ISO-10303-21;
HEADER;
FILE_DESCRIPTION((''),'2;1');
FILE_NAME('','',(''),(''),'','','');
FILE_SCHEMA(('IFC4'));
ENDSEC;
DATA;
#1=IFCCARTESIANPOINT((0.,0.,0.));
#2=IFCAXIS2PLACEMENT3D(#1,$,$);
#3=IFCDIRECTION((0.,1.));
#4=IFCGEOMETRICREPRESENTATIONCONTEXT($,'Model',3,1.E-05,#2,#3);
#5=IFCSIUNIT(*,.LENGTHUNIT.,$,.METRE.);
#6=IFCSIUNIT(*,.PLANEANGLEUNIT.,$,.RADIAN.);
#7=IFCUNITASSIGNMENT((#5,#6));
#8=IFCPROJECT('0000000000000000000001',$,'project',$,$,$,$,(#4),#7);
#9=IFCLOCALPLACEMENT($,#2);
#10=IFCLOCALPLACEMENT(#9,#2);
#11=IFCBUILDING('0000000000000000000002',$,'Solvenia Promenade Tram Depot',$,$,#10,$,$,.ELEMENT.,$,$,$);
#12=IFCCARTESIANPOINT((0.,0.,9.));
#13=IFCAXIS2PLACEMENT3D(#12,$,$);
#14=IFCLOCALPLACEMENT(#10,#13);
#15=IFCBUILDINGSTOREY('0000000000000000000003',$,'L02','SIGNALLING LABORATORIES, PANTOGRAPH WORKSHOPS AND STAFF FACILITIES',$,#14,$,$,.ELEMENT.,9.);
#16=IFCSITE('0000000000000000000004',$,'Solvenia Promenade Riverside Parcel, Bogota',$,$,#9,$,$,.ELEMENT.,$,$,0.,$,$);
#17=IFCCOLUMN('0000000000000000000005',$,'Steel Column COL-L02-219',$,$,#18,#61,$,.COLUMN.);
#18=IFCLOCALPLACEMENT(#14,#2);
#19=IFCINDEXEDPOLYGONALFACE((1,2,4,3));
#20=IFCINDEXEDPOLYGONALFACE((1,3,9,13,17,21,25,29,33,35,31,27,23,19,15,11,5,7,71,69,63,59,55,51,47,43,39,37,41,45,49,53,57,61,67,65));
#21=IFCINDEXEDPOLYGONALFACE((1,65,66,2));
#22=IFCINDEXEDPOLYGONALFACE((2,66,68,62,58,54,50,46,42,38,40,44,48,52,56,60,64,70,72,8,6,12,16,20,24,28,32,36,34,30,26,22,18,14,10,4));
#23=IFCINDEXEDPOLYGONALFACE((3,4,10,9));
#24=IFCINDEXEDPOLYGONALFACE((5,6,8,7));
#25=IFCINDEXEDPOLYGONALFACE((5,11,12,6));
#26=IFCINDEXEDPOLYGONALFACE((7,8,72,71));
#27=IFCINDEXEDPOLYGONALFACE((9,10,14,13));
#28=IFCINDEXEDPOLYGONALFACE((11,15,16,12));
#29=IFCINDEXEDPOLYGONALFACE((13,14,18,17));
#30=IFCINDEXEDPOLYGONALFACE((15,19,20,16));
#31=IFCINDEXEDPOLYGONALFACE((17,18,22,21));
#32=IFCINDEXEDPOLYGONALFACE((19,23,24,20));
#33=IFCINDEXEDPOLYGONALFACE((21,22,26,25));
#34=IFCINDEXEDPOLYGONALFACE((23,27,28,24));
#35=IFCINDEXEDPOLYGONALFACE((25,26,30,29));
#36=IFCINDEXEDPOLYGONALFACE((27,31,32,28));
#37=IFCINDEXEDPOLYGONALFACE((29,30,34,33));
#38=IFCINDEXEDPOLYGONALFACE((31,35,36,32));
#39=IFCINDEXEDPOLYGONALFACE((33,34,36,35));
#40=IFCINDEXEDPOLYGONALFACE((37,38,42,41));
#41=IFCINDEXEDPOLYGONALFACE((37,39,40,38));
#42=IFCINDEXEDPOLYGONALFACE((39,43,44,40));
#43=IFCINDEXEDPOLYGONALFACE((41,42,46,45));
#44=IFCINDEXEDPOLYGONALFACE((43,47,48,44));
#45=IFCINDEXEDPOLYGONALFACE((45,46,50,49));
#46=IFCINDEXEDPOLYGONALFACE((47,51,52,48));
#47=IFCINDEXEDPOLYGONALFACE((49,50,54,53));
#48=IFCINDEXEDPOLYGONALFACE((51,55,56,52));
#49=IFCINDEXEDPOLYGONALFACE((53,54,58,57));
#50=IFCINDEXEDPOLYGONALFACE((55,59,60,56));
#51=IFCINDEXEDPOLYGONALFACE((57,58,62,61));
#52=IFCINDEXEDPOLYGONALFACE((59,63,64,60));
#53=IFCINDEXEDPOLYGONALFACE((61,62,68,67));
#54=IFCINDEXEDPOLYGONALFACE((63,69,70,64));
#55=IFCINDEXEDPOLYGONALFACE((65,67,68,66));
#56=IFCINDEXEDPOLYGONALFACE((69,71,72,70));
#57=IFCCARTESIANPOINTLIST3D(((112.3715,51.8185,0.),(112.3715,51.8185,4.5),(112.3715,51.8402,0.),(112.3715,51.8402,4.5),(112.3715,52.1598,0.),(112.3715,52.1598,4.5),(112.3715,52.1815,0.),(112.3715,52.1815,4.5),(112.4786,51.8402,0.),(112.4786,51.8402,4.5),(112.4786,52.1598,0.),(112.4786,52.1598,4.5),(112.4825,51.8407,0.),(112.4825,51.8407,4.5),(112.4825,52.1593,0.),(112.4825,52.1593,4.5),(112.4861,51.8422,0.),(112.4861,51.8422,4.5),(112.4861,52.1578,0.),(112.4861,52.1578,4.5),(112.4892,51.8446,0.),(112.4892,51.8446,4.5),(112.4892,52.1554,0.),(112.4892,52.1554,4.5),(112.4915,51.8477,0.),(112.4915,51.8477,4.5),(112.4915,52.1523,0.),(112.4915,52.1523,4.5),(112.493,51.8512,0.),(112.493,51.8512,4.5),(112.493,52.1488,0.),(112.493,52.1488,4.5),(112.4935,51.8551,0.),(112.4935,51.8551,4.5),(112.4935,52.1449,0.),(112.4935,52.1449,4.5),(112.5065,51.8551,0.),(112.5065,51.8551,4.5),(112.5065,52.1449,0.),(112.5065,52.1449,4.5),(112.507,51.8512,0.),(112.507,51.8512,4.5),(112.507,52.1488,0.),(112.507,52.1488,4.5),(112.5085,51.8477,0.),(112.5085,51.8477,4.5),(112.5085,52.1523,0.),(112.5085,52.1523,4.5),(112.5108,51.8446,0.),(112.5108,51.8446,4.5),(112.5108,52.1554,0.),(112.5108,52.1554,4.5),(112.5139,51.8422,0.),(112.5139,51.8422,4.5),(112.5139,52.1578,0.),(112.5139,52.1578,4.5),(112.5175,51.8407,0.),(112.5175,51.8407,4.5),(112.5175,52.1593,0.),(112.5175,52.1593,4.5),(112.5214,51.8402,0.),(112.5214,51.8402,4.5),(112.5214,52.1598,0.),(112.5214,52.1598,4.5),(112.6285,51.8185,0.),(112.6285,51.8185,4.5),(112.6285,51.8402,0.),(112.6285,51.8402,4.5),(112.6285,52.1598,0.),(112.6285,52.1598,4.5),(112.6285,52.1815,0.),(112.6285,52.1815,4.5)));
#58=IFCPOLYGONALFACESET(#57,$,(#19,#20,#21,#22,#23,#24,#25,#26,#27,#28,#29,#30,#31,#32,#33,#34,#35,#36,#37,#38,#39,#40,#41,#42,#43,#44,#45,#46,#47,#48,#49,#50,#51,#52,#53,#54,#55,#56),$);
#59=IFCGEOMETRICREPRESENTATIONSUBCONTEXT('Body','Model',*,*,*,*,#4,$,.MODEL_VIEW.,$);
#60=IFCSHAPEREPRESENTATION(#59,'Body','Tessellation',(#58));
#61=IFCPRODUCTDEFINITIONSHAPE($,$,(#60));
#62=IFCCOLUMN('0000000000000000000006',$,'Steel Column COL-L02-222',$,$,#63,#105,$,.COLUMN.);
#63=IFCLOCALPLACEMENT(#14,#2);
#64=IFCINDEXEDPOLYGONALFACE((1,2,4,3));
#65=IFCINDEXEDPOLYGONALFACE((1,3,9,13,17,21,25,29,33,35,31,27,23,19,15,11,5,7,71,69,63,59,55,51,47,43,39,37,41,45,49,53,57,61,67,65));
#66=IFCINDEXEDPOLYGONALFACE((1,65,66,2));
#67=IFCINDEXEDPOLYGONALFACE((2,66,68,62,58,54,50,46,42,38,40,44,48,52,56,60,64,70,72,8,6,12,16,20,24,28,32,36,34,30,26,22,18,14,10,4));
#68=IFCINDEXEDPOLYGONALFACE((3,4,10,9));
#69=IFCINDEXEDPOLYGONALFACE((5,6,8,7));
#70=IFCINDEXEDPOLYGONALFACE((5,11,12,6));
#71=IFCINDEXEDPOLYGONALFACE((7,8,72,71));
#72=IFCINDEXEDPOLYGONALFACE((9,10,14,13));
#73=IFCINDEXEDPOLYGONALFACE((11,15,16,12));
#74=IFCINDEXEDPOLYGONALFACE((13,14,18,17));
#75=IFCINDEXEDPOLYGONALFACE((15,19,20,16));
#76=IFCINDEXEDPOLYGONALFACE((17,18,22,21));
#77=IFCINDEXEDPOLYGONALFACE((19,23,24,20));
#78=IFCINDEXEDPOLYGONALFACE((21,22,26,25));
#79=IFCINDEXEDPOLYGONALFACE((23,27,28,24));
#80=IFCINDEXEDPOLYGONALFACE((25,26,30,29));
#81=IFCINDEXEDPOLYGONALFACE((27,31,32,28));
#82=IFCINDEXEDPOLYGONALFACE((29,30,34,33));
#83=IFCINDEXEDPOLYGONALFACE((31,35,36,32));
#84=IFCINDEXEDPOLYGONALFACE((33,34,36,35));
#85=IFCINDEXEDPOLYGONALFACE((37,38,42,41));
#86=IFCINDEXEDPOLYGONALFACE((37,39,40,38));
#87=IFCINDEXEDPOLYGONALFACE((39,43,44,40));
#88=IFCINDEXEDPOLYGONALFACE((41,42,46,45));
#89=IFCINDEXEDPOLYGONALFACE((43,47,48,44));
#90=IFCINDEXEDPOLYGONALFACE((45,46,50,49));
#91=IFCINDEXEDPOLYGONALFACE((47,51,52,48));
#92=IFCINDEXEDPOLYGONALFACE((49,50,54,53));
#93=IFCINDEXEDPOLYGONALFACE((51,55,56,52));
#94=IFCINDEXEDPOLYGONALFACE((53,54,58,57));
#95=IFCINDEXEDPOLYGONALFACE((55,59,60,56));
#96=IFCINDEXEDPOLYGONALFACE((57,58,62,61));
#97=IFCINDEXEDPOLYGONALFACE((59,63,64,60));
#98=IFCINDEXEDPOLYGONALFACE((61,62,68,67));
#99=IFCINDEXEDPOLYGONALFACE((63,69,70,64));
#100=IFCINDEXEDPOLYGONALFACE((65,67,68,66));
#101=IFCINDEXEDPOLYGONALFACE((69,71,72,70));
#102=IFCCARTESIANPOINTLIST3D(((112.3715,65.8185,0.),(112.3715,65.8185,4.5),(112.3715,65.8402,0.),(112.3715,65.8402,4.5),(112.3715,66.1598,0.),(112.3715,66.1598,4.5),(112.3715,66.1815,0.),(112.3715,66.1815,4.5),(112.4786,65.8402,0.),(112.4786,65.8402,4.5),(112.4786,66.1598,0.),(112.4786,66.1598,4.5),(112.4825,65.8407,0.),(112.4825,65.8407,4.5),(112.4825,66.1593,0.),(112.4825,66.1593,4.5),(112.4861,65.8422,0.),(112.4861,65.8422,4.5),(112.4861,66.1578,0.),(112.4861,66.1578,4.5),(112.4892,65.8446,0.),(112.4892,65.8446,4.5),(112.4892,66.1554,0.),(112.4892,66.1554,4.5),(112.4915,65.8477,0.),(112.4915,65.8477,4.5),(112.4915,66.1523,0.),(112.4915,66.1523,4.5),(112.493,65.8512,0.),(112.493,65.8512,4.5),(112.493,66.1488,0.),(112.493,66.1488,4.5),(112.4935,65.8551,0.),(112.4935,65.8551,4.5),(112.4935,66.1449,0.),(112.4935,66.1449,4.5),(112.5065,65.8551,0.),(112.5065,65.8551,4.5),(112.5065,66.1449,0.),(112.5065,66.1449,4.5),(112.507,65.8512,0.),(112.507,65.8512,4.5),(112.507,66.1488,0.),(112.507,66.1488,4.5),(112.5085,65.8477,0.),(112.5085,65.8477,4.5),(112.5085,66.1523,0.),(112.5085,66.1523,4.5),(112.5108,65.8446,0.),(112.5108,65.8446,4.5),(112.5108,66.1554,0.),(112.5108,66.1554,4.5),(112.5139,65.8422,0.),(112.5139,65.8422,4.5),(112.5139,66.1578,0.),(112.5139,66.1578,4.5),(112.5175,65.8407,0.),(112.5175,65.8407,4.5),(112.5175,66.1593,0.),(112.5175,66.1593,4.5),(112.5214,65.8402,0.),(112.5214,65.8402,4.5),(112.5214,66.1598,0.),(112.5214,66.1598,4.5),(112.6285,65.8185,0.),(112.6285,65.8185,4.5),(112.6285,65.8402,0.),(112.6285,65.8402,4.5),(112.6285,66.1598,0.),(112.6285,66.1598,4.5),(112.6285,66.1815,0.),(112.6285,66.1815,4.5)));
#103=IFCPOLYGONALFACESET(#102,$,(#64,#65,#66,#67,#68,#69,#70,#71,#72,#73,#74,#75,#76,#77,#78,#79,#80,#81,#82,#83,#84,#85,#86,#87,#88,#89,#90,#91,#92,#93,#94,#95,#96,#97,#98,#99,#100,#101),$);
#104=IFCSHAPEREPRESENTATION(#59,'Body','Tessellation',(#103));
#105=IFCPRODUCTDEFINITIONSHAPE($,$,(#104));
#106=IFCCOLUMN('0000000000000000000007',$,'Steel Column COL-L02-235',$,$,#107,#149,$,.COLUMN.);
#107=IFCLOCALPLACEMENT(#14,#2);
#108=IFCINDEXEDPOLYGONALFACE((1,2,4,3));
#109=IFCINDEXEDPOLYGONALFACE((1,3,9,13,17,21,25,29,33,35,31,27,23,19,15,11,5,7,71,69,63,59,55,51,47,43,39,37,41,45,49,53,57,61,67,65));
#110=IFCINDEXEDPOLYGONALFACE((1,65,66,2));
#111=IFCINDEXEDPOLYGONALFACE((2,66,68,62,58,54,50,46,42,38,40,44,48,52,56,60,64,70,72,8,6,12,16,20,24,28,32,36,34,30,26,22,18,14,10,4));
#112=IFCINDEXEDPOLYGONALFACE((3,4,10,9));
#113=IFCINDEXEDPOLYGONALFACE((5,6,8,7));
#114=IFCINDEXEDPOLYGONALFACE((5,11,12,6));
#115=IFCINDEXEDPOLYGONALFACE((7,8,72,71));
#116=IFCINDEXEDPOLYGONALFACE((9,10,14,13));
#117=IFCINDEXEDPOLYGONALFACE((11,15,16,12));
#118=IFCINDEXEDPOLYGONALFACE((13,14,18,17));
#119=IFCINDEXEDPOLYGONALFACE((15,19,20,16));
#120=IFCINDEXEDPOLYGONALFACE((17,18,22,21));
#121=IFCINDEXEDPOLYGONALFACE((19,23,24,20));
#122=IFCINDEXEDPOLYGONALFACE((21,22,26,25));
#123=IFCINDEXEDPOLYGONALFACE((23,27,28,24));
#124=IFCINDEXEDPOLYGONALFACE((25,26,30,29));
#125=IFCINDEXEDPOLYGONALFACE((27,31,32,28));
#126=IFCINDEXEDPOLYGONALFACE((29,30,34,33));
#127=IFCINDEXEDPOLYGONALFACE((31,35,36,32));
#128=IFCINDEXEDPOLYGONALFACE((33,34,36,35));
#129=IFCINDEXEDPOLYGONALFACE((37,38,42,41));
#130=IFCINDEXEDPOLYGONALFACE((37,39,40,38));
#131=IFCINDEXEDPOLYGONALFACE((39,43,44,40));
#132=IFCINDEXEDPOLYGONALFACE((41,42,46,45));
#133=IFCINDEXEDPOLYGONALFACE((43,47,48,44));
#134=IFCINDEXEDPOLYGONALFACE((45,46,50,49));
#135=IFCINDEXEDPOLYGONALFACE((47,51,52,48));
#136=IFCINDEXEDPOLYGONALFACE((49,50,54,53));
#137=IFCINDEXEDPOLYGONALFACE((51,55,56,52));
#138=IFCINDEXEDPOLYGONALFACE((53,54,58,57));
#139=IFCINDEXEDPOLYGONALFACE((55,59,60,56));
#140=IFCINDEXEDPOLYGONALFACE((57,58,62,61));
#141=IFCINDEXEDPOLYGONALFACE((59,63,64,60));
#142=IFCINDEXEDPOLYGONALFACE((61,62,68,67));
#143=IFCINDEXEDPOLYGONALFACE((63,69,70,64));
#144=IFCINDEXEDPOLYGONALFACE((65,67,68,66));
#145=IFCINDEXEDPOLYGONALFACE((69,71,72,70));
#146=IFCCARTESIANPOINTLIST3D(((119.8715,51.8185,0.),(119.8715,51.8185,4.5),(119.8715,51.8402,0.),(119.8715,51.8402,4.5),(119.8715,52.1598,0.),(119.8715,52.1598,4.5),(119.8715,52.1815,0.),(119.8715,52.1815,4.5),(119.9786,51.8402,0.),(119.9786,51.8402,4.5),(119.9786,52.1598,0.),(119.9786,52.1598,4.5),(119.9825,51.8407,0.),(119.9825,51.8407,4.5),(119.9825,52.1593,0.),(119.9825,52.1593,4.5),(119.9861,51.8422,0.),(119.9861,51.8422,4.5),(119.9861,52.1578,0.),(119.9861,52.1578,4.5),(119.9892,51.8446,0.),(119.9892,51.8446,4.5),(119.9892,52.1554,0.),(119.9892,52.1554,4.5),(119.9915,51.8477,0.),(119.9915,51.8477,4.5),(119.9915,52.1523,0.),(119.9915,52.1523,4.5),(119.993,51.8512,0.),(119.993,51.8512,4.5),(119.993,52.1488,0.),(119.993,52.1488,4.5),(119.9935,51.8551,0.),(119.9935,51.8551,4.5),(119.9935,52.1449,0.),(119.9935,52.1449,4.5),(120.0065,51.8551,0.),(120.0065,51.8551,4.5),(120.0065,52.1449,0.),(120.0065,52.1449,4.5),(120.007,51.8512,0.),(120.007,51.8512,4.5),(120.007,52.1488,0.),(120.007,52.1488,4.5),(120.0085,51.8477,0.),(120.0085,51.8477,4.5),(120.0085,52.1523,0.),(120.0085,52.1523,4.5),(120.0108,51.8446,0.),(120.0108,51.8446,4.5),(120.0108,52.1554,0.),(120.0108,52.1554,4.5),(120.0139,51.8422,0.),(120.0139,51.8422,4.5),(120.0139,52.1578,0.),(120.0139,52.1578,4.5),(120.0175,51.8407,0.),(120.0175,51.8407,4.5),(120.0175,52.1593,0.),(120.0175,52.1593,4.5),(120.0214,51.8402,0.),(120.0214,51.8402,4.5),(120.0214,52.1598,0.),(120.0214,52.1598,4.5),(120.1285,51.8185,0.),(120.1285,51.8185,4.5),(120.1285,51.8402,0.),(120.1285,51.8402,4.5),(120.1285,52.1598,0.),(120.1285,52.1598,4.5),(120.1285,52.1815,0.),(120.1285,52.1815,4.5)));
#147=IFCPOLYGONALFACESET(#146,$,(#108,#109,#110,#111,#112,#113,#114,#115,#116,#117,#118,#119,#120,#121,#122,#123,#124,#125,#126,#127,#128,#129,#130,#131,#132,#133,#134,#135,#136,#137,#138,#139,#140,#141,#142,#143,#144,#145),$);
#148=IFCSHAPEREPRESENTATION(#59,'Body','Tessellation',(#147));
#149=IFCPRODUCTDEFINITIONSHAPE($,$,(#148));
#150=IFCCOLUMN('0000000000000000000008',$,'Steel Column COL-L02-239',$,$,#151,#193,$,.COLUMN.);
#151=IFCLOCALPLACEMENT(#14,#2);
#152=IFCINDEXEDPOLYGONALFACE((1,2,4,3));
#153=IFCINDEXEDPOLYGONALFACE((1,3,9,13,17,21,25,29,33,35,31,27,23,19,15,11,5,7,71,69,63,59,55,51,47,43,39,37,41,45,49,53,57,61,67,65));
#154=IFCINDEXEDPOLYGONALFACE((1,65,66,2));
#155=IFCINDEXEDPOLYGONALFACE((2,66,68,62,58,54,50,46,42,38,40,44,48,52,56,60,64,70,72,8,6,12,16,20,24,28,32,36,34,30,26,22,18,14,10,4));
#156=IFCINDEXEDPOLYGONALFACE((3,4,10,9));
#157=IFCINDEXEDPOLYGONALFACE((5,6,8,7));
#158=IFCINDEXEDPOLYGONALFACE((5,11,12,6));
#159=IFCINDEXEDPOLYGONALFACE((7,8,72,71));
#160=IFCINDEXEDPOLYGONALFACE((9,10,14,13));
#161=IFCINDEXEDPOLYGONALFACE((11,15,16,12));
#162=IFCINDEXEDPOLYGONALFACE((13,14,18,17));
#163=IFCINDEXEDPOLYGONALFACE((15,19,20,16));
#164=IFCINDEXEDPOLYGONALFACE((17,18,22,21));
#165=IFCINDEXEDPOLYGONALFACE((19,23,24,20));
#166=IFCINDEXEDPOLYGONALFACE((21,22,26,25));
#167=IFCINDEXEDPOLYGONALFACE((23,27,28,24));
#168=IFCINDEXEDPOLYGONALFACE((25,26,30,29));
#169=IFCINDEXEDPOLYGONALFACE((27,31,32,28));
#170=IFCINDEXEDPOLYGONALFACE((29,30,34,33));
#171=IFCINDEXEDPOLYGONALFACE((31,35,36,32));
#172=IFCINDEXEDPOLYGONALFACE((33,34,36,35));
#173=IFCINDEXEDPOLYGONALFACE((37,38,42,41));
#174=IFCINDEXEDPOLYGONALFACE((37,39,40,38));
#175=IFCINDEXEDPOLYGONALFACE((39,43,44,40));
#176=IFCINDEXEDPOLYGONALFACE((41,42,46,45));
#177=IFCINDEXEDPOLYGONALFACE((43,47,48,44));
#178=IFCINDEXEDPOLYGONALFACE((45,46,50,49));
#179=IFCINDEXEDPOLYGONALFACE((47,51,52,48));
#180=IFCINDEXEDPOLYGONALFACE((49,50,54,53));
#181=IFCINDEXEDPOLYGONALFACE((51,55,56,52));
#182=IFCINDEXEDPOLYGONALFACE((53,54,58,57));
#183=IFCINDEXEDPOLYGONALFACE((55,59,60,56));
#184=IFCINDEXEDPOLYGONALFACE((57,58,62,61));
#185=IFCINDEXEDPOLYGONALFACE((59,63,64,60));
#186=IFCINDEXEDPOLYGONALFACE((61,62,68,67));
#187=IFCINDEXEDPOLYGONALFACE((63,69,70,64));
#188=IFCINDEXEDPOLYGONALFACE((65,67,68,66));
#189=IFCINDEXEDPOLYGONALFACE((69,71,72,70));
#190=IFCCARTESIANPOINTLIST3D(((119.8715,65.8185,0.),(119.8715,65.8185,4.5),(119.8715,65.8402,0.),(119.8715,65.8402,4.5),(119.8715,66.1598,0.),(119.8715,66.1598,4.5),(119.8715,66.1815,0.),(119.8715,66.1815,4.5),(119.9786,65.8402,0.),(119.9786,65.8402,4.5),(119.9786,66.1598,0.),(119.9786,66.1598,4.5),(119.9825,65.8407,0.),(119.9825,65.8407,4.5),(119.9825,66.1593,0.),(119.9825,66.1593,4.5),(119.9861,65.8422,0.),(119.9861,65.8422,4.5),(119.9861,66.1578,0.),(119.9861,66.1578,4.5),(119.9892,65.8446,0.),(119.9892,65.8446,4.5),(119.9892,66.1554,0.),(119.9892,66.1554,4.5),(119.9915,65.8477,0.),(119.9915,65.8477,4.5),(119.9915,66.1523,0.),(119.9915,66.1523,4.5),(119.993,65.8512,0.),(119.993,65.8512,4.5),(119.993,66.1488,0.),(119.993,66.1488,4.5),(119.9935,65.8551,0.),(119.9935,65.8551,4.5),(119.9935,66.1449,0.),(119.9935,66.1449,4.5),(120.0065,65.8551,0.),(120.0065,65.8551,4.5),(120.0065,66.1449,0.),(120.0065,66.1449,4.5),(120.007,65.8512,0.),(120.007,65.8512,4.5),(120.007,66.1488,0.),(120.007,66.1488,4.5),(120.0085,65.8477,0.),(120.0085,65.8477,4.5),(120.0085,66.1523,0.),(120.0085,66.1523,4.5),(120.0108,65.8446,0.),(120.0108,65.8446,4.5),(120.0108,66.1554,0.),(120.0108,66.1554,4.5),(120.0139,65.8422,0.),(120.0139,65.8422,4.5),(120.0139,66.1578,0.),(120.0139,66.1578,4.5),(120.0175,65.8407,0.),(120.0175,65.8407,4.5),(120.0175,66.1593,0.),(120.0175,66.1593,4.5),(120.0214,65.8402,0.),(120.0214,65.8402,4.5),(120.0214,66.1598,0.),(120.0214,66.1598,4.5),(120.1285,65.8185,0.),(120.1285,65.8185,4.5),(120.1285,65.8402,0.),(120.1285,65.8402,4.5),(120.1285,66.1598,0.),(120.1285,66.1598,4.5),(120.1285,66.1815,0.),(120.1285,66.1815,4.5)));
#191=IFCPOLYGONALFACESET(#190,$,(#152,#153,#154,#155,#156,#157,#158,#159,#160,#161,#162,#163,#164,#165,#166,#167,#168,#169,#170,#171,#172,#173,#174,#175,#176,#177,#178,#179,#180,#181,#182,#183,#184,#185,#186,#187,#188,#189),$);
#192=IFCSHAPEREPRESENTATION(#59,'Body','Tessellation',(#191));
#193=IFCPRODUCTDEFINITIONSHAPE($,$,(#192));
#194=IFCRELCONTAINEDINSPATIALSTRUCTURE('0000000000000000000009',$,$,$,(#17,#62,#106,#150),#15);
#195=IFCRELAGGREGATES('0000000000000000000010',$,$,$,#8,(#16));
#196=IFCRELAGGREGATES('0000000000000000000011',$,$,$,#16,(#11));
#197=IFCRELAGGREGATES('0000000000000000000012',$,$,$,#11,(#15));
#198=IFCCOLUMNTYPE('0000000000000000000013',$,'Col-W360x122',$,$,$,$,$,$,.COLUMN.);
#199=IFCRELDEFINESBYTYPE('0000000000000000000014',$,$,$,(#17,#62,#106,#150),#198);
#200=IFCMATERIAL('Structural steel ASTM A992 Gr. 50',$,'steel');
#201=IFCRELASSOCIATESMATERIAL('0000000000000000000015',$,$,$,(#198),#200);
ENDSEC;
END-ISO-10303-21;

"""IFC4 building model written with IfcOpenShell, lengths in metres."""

from ifc_helpers import new_model, si_unit, direction, frame, origin, origin_2d, place, context, subcontext, project, spatial, i_section, extrude, material, material_profile, profile_set, type_object, element, save


model = new_model("IFC4")

# Units and contexts
model_context = context("Model", 3, precision=1e-05, world=origin(), true_north=direction((0.0, 1.0)))
body_context = subcontext(model_context, "Body", "Model", "MODEL_VIEW")
ifc_project = project(units=[si_unit("LENGTHUNIT", "METRE"), si_unit("PLANEANGLEUNIT", "RADIAN")], contexts=[model_context])

# Site, building, storey
site_placement = place(None, origin())
site = spatial("IfcSite", under=ifc_project, at=site_placement, Name="Solvenia Promenade Riverside Parcel, Bogota", CompositionType="ELEMENT", RefElevation=0.0)
building_placement = place(site_placement, origin())
building = spatial("IfcBuilding", under=site, at=building_placement, Name="Solvenia Promenade Tram Depot", CompositionType="ELEMENT")
storey_placement = place(building_placement, frame((0.0, 0.0, 9.0)))
storey = spatial("IfcBuildingStorey", under=building, at=storey_placement, Name="L02", Description="SIGNALLING LABORATORIES, PANTOGRAPH WORKSHOPS AND STAFF FACILITIES", CompositionType="ELEMENT", Elevation=9.0)

# Columns
ifc_material_1 = material(Name="Structural steel ASTM A992 Gr. 50", Category="steel")
ifc_material_profile_1 = material_profile(ifc_material_1, i_section(OverallWidth=0.2571, OverallDepth=0.363, WebThickness=0.0129, FlangeThickness=0.0217, FilletRadius=0.0149, at=origin_2d()), Name="W360x122", Category="steel")
ifc_profile_set_1 = profile_set([ifc_material_profile_1], Name="Structural steel ASTM A992 Gr. 50")
column_type = type_object("IfcColumnType", Name="Col-W360x122", PredefinedType="COLUMN", material=ifc_profile_set_1)
for number, where, z_axis, x_axis, name in (
    (1, (112.5, 52.0, 0.0), (0.0, 0.0, 1.0), (1.0, 0.0, 0.0), "Steel Column COL-L02-219"),
    (2, (112.5, 66.0, 0.0), (0.0, 0.0, 1.0), (1.0, 0.0, 0.0), "Steel Column COL-L02-222"),
    (3, (120.0, 52.0, 0.0), (0.0, 0.0, 1.0), (1.0, 0.0, 0.0), "Steel Column COL-L02-235"),
    (4, (120.0, 66.0, 0.0), (0.0, 0.0, 1.0), (1.0, 0.0, 0.0), "Steel Column COL-L02-239"),
):
    element("IfcColumn", number, at=place(storey_placement, frame(where, z_axis=z_axis, x_axis=x_axis)), inside=storey, type_object=column_type, Name=name, PredefinedType="COLUMN", context=body_context, shape_type="SweptSolid", body=[
        extrude(i_section(OverallWidth=0.2571, OverallDepth=0.363, WebThickness=0.0129, FlangeThickness=0.0217, FilletRadius=0.0149, at=origin_2d()), origin(), (0.0, 0.0, 1.0), 4.5),
    ])

save(model, "model.ifc")
